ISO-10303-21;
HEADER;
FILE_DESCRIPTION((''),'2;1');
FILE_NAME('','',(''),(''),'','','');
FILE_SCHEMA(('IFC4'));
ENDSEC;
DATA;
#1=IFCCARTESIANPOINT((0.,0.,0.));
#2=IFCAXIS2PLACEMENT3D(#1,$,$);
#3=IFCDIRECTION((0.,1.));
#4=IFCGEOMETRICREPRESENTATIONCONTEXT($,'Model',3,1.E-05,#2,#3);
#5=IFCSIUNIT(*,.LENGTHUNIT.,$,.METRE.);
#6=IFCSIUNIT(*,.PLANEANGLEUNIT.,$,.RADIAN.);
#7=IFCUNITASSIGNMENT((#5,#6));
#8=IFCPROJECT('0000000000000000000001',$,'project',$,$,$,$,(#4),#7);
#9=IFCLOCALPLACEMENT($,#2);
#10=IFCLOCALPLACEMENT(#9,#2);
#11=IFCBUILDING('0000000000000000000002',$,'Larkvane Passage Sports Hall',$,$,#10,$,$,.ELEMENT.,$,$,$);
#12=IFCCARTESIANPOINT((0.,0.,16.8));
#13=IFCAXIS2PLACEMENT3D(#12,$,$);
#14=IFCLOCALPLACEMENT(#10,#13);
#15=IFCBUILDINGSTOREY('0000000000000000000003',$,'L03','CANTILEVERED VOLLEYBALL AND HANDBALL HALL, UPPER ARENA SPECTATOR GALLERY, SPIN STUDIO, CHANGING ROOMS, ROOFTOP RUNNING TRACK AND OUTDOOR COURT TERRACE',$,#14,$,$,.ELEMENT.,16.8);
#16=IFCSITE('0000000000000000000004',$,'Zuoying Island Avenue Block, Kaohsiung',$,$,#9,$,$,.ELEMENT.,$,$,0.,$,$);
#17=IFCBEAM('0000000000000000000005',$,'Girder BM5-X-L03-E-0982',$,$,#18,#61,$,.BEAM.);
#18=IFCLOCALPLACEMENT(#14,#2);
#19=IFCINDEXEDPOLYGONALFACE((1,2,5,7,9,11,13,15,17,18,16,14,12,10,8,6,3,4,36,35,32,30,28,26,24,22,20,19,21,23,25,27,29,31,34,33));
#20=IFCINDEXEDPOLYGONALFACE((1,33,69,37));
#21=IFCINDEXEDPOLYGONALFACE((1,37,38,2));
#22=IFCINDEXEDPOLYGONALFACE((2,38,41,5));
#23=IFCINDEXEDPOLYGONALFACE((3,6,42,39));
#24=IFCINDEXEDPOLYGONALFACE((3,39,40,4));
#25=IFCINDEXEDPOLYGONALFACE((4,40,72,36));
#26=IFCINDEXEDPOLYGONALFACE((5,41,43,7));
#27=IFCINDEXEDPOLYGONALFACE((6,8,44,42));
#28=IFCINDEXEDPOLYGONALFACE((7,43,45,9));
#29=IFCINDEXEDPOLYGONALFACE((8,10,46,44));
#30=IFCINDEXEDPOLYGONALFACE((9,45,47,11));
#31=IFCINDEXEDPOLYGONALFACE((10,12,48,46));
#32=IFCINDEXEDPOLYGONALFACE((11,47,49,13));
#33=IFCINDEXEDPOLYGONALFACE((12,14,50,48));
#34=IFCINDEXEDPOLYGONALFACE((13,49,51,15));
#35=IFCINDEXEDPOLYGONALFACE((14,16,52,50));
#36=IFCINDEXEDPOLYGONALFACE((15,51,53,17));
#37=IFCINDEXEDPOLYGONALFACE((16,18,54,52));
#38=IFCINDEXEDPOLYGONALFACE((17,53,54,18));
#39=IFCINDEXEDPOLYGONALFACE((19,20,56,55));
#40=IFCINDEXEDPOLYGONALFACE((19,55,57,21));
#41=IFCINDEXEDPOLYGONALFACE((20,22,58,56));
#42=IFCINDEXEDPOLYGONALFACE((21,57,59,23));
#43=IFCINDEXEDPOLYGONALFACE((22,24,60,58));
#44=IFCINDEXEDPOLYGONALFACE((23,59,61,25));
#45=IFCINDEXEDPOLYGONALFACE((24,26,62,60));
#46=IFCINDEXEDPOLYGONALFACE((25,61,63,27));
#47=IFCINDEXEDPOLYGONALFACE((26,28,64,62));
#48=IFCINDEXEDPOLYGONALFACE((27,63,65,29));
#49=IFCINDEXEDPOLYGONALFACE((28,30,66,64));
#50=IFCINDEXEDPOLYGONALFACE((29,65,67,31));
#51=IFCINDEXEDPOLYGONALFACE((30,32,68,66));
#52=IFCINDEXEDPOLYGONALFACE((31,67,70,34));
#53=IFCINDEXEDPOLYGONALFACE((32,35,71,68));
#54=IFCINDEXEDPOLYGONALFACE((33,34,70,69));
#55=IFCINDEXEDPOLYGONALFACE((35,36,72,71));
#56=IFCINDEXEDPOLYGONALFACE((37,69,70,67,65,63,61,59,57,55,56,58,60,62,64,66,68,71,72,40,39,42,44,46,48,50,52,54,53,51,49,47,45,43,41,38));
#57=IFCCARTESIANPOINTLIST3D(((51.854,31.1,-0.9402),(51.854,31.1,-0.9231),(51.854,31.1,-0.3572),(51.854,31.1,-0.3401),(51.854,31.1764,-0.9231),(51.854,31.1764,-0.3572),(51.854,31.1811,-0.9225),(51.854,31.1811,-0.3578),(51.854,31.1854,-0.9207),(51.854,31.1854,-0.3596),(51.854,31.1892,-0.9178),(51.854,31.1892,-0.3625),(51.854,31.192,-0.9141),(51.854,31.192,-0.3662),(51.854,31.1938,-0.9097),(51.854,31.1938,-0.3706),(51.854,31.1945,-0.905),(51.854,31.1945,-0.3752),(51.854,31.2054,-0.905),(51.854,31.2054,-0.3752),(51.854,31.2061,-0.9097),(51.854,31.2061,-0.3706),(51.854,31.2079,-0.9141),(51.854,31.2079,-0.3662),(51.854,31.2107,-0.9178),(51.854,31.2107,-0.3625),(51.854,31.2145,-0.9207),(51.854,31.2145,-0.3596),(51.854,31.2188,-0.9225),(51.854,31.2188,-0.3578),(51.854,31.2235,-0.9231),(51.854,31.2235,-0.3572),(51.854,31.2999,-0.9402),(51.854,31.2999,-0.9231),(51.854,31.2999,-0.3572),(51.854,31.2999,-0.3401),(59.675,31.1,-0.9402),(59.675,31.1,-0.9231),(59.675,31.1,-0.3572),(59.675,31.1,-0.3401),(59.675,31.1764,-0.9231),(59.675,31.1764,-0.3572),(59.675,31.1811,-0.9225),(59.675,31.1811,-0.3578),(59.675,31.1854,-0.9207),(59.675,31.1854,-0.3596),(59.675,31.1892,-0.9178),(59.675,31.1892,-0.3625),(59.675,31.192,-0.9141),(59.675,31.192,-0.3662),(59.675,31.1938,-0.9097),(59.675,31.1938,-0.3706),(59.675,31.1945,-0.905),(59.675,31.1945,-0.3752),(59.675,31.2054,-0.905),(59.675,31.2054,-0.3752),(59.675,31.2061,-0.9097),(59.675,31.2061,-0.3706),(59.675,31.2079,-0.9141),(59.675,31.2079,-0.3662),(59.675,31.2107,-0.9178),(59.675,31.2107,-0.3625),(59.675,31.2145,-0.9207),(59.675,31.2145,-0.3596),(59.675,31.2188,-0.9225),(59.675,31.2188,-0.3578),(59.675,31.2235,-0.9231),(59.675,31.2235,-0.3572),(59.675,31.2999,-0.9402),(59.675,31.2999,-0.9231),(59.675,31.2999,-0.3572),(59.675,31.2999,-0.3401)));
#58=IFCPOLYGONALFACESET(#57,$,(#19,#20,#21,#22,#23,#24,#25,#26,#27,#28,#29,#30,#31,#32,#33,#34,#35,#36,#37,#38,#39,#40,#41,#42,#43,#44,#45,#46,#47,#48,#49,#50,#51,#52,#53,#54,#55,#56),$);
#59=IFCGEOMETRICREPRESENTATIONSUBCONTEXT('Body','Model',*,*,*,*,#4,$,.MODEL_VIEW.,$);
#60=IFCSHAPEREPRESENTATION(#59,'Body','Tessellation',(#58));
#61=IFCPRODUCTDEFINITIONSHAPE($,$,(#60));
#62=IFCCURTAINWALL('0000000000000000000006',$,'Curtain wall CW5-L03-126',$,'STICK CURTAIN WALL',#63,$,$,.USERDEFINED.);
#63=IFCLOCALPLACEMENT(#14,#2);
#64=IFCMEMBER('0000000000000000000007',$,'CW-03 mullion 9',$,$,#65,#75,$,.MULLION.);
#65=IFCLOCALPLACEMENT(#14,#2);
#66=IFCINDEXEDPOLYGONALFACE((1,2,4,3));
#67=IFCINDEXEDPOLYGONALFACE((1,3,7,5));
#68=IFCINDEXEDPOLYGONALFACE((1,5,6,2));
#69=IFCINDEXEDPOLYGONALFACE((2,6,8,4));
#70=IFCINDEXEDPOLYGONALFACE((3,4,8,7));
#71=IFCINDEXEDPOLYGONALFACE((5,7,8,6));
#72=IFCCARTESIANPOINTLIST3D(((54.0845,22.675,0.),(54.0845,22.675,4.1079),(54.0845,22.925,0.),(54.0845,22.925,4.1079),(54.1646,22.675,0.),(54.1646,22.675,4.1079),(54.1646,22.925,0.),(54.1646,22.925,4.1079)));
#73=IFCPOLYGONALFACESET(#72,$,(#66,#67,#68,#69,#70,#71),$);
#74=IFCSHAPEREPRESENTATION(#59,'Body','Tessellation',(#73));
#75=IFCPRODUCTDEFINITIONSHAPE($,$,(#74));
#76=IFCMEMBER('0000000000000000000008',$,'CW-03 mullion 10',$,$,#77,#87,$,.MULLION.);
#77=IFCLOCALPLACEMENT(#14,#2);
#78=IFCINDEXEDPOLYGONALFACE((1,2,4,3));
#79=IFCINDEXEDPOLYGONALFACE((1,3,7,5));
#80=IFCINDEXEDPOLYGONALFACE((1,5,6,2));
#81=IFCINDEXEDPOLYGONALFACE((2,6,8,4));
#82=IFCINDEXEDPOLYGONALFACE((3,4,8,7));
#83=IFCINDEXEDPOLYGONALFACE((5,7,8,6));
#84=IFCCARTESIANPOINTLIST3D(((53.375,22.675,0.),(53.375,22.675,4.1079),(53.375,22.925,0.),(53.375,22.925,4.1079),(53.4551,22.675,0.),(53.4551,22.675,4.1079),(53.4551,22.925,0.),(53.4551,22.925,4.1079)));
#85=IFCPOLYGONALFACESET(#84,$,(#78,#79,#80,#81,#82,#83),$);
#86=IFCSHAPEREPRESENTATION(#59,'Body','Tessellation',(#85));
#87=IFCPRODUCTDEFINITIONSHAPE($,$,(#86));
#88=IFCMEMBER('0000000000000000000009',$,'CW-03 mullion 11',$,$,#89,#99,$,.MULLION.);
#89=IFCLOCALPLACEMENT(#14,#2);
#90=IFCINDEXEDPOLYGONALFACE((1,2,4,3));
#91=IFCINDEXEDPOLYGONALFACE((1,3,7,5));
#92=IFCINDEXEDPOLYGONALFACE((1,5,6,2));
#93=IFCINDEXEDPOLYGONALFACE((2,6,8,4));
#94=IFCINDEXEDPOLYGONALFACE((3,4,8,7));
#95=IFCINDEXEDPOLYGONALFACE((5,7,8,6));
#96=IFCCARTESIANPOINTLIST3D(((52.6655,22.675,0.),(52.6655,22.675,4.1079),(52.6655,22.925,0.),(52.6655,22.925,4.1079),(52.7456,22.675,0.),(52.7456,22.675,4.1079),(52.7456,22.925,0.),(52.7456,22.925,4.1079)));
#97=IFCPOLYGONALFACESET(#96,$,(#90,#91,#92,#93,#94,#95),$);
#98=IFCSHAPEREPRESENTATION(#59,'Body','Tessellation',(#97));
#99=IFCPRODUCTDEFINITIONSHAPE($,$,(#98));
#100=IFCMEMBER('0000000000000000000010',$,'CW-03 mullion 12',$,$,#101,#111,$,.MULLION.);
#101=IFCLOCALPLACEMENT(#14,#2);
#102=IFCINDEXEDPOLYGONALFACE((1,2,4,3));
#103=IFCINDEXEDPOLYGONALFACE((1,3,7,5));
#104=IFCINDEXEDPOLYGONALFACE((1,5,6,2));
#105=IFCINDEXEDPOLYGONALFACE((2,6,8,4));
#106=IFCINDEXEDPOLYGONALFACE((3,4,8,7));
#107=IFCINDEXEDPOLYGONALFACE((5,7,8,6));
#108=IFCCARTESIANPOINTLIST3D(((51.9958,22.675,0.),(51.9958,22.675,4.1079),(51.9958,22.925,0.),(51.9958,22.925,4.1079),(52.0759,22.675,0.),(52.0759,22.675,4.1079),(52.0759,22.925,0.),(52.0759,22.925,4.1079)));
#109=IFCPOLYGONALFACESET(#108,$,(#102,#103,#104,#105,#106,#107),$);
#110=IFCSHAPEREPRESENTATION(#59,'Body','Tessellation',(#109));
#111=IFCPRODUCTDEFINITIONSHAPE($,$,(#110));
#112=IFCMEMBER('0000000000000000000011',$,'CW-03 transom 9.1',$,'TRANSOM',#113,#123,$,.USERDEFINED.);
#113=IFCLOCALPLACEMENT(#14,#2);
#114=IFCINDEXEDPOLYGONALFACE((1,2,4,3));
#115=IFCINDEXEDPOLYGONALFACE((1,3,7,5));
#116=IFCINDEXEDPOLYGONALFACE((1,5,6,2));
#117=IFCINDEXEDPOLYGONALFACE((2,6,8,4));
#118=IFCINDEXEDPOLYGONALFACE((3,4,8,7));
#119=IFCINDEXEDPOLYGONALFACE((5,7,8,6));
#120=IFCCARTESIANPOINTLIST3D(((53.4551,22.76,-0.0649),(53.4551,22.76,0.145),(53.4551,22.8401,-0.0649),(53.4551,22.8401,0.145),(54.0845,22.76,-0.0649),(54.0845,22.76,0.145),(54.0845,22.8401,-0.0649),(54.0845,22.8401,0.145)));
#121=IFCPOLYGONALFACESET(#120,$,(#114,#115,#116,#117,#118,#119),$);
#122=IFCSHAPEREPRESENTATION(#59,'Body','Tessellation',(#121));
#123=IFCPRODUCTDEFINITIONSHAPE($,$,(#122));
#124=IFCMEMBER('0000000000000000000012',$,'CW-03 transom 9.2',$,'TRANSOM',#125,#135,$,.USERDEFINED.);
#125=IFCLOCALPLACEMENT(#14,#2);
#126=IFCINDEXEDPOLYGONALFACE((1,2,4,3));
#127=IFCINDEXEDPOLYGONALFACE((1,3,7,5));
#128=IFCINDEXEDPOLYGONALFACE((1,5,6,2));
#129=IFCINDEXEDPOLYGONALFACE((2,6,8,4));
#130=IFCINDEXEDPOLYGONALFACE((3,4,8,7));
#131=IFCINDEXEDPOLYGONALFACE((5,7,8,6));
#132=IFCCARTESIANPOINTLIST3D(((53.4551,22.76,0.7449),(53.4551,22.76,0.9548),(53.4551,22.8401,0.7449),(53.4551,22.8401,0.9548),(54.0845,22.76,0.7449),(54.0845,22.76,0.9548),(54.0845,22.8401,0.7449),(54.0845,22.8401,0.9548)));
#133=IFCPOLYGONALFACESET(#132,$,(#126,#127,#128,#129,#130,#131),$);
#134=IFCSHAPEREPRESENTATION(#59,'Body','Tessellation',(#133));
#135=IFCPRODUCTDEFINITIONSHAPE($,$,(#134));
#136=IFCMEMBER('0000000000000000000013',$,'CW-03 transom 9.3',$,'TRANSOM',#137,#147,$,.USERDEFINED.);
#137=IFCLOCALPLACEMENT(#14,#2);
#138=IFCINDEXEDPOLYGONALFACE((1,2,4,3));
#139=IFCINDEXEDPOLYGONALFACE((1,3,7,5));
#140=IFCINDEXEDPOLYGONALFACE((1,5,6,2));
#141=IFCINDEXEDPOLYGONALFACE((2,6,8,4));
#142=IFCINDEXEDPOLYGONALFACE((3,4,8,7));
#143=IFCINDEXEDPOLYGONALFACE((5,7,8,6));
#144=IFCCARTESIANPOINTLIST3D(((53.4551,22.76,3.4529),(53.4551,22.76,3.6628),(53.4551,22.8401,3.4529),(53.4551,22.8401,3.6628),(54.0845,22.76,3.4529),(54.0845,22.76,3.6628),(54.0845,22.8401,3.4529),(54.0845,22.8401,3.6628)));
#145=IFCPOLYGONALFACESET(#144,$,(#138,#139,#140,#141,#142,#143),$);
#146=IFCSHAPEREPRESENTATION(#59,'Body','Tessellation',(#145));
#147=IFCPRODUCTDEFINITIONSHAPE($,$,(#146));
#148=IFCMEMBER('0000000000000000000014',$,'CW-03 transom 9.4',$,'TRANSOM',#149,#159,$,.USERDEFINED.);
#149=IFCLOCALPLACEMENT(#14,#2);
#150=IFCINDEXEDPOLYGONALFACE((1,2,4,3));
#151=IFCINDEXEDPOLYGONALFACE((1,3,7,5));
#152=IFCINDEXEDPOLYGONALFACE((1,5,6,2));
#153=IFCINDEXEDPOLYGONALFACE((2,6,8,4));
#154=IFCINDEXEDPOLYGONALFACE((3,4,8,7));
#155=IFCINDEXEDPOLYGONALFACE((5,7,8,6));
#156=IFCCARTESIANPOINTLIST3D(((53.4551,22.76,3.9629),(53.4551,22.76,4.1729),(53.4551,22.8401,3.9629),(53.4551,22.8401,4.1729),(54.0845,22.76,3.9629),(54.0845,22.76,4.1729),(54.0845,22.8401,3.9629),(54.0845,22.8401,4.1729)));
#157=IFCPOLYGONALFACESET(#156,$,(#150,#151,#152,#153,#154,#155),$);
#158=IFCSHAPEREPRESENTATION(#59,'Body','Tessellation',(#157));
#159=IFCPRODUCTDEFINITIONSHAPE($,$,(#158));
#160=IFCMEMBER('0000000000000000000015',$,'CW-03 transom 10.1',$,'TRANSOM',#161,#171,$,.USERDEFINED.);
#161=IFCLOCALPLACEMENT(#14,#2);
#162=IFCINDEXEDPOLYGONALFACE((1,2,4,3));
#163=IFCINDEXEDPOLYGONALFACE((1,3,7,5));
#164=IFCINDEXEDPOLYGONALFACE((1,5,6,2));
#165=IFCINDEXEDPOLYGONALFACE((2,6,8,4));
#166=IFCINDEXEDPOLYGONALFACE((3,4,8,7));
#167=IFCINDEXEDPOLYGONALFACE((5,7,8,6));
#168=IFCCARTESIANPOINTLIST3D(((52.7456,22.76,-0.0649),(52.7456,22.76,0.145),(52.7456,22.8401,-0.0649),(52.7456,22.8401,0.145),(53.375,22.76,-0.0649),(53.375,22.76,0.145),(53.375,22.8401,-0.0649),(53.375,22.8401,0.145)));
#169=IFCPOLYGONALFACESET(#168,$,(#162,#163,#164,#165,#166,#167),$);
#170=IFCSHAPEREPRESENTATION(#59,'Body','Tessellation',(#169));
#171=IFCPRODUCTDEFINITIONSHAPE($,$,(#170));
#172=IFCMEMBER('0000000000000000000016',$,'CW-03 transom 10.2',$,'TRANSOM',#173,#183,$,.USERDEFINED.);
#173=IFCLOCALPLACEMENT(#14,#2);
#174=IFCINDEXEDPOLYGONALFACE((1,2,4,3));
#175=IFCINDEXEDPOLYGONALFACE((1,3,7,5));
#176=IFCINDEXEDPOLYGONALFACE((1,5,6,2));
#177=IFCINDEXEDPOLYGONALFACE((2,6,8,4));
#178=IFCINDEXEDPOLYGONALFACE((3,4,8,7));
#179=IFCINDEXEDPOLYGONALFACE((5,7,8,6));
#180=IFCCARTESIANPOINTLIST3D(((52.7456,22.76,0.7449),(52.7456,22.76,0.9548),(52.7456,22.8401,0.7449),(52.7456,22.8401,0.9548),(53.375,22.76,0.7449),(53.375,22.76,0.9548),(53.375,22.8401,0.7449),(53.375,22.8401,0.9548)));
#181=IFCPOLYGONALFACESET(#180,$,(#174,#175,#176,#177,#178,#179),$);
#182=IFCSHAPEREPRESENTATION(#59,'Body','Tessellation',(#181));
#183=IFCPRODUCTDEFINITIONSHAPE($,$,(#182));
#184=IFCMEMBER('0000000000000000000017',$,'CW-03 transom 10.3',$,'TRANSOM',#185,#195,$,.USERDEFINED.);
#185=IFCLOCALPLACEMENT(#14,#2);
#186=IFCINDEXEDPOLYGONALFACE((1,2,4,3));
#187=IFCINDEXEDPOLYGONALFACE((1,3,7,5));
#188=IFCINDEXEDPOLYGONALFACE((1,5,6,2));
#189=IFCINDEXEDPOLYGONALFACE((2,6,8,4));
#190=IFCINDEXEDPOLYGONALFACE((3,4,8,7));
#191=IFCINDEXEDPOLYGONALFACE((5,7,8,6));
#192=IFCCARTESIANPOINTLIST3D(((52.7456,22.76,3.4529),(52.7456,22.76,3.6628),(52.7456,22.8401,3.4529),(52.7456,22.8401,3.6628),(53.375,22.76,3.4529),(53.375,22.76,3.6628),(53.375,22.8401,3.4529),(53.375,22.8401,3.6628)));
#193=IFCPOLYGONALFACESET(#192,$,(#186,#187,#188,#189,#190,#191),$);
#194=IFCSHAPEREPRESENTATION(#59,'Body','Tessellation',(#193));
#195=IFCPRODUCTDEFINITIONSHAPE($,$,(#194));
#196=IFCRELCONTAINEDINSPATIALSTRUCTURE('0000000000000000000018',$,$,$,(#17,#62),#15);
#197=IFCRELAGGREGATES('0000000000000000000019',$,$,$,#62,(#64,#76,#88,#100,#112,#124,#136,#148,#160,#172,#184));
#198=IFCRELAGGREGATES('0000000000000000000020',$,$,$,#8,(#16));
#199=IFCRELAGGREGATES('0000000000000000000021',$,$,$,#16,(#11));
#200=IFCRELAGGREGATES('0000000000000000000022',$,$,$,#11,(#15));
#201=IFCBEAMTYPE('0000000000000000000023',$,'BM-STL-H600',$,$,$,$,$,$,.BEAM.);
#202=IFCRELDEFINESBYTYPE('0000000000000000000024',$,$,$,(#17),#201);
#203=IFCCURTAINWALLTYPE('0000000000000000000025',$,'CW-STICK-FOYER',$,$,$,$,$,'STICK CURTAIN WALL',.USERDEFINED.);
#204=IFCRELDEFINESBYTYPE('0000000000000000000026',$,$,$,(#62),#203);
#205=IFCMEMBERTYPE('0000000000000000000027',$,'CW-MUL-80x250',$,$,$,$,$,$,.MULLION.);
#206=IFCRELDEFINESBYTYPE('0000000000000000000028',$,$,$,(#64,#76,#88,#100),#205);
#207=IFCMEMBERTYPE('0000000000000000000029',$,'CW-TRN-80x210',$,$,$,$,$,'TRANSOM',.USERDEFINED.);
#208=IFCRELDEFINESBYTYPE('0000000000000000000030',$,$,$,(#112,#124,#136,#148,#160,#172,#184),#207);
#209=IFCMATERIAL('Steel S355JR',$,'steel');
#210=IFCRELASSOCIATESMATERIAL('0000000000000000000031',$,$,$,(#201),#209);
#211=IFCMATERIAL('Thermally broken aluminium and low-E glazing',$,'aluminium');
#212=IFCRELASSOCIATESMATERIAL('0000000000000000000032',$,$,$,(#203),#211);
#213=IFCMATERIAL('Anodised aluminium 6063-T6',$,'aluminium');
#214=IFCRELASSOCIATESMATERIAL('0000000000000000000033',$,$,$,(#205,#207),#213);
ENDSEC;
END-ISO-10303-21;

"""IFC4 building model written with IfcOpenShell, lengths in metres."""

from ifc_helpers import new_model, si_unit, direction, frame, origin, origin_2d, place, context, subcontext, project, spatial, rectangle, i_section, extrude, material, material_profile, profile_set, type_object, element, aggregate, save


model = new_model("IFC4")

# Units and contexts
model_context = context("Model", 3, precision=1e-05, world=origin(), true_north=direction((0.0, 1.0)))
body_context = subcontext(model_context, "Body", "Model", "MODEL_VIEW")
ifc_project = project(units=[si_unit("LENGTHUNIT", "METRE"), si_unit("PLANEANGLEUNIT", "RADIAN")], contexts=[model_context])

# Site, building, storey
site_placement = place(None, origin())
site = spatial("IfcSite", under=ifc_project, at=site_placement, Name="Zuoying Island Avenue Block, Kaohsiung", CompositionType="ELEMENT", RefElevation=0.0)
building_placement = place(site_placement, origin())
building = spatial("IfcBuilding", under=site, at=building_placement, Name="Larkvane Passage Sports Hall", CompositionType="ELEMENT")
storey_placement = place(building_placement, frame((0.0, 0.0, 16.8)))
storey = spatial("IfcBuildingStorey", under=building, at=storey_placement, Name="L03", Description="CANTILEVERED VOLLEYBALL AND HANDBALL HALL, UPPER ARENA SPECTATOR GALLERY, SPIN STUDIO, CHANGING ROOMS, ROOFTOP RUNNING TRACK AND OUTDOOR COURT TERRACE", CompositionType="ELEMENT", Elevation=16.8)

# Beam
ifc_material_1 = material(Name="Steel S355JR", Category="steel")
ifc_material_profile_1 = material_profile(ifc_material_1, i_section(OverallWidth=0.2, OverallDepth=0.6001, WebThickness=0.011, FlangeThickness=0.0171, FilletRadius=0.0181, at=origin_2d()), Name="H-600x200x11x17")
ifc_profile_set_1 = profile_set([ifc_material_profile_1], Name="Steel S355JR")
beam_type_1 = type_object("IfcBeamType", Name="BM-STL-H600", PredefinedType="BEAM", material=ifc_profile_set_1)
beam_1_placement = place(storey_placement, frame((51.854, 31.2, -0.6401), z_axis=(1.0, 0.0, 0.0), x_axis=(0.0, 1.0, 0.0)))
element("IfcBeam", 1, at=beam_1_placement, inside=storey, type_object=beam_type_1, Name="Girder BM5-X-L03-E-0982", PredefinedType="BEAM", context=body_context, shape_type="SweptSolid", body=[
    extrude(i_section(OverallWidth=0.2, OverallDepth=0.6001, WebThickness=0.011, FlangeThickness=0.0171, FilletRadius=0.0181, at=origin_2d()), origin(), (0.0, 0.0, 1.0), 7.821),
])

# Curtain wall, members
ifc_material_2 = material(Name="Thermally broken aluminium and low-E glazing", Category="aluminium")
curtain_wall_type = type_object("IfcCurtainWallType", Name="CW-STICK-FOYER", ElementType="STICK CURTAIN WALL", PredefinedType="USERDEFINED", material=ifc_material_2)
curtain_wall_placement = place(storey_placement, origin())
curtain_wall = element("IfcCurtainWall", 2, at=curtain_wall_placement, inside=storey, type_object=curtain_wall_type, Name="Curtain wall CW5-L03-126", ObjectType="STICK CURTAIN WALL", PredefinedType="USERDEFINED")
ifc_material_3 = material(Name="Anodised aluminium 6063-T6", Category="aluminium")
ifc_material_profile_2 = material_profile(ifc_material_3, rectangle(XDim=0.0801, YDim=0.25, at=origin_2d()), Name="ALU-MUL-80x250")
ifc_profile_set_2 = profile_set([ifc_material_profile_2], Name="Anodised aluminium 6063-T6")
member_type_1 = type_object("IfcMemberType", Name="CW-MUL-80x250", PredefinedType="MULLION", material=ifc_profile_set_2)
member_1_placement = place(storey_placement, frame((54.1245, 22.8, 0.0), z_axis=(0.0, 0.0, 1.0), x_axis=(-1.0, 0.0, 0.0)))
member_1 = element("IfcMember", 3, at=member_1_placement, type_object=member_type_1, Name="CW-03 mullion 9", PredefinedType="MULLION", context=body_context, shape_type="SweptSolid", body=[
    extrude(rectangle(XDim=0.0801, YDim=0.25, at=origin_2d()), origin(), (0.0, 0.0, 1.0), 4.1079),
])
member_2_placement = place(storey_placement, frame((53.415, 22.8, 0.0), z_axis=(0.0, 0.0, 1.0), x_axis=(-1.0, 0.0, 0.0)))
member_2 = element("IfcMember", 4, at=member_2_placement, type_object=member_type_1, Name="CW-03 mullion 10", PredefinedType="MULLION", context=body_context, shape_type="SweptSolid", body=[
    extrude(rectangle(XDim=0.0801, YDim=0.25, at=origin_2d()), origin(), (0.0, 0.0, 1.0), 4.1079),
])
member_3_placement = place(storey_placement, frame((52.7056, 22.8, 0.0), z_axis=(0.0, 0.0, 1.0), x_axis=(-1.0, 0.0, 0.0)))
member_3 = element("IfcMember", 5, at=member_3_placement, type_object=member_type_1, Name="CW-03 mullion 11", PredefinedType="MULLION", context=body_context, shape_type="SweptSolid", body=[
    extrude(rectangle(XDim=0.0801, YDim=0.25, at=origin_2d()), origin(), (0.0, 0.0, 1.0), 4.1079),
])
member_4_placement = place(storey_placement, frame((52.0359, 22.8, 0.0), z_axis=(0.0, 0.0, 1.0), x_axis=(-1.0, 0.0, 0.0)))
member_4 = element("IfcMember", 6, at=member_4_placement, type_object=member_type_1, Name="CW-03 mullion 12", PredefinedType="MULLION", context=body_context, shape_type="SweptSolid", body=[
    extrude(rectangle(XDim=0.0801, YDim=0.25, at=origin_2d()), origin(), (0.0, 0.0, 1.0), 4.1079),
])
ifc_material_profile_3 = material_profile(ifc_material_3, rectangle(XDim=0.0801, YDim=0.21, at=origin_2d()), Name="ALU-TRN-80x210")
ifc_profile_set_3 = profile_set([ifc_material_profile_3], Name="Anodised aluminium 6063-T6")
member_type_2 = type_object("IfcMemberType", Name="CW-TRN-80x210", ElementType="TRANSOM", PredefinedType="USERDEFINED", material=ifc_profile_set_3)
member_5_placement = place(storey_placement, frame((54.0845, 22.8, 0.04), z_axis=(-1.0, 0.0, 0.0), x_axis=(0.0, -1.0, 0.0)))
member_5 = element("IfcMember", 7, at=member_5_placement, type_object=member_type_2, Name="CW-03 transom 9.1", ObjectType="TRANSOM", PredefinedType="USERDEFINED", context=body_context, shape_type="SweptSolid", body=[
    extrude(rectangle(XDim=0.0801, YDim=0.21, at=origin_2d()), origin(), (0.0, 0.0, 1.0), 0.6294),
])
member_6_placement = place(storey_placement, frame((54.0845, 22.8, 0.8499), z_axis=(-1.0, 0.0, 0.0), x_axis=(0.0, -1.0, 0.0)))
member_6 = element("IfcMember", 8, at=member_6_placement, type_object=member_type_2, Name="CW-03 transom 9.2", ObjectType="TRANSOM", PredefinedType="USERDEFINED", context=body_context, shape_type="SweptSolid", body=[
    extrude(rectangle(XDim=0.0801, YDim=0.21, at=origin_2d()), origin(), (0.0, 0.0, 1.0), 0.6294),
])
member_7_placement = place(storey_placement, frame((54.0845, 22.8, 3.5579), z_axis=(-1.0, 0.0, 0.0), x_axis=(0.0, -1.0, 0.0)))
member_7 = element("IfcMember", 9, at=member_7_placement, type_object=member_type_2, Name="CW-03 transom 9.3", ObjectType="TRANSOM", PredefinedType="USERDEFINED", context=body_context, shape_type="SweptSolid", body=[
    extrude(rectangle(XDim=0.0801, YDim=0.21, at=origin_2d()), origin(), (0.0, 0.0, 1.0), 0.6294),
])
member_8_placement = place(storey_placement, frame((54.0845, 22.8, 4.0679), z_axis=(-1.0, 0.0, 0.0), x_axis=(0.0, -1.0, 0.0)))
member_8 = element("IfcMember", 10, at=member_8_placement, type_object=member_type_2, Name="CW-03 transom 9.4", ObjectType="TRANSOM", PredefinedType="USERDEFINED", context=body_context, shape_type="SweptSolid", body=[
    extrude(rectangle(XDim=0.0801, YDim=0.21, at=origin_2d()), origin(), (0.0, 0.0, 1.0), 0.6294),
])
member_9_placement = place(storey_placement, frame((53.375, 22.8, 0.04), z_axis=(-1.0, 0.0, 0.0), x_axis=(0.0, -1.0, 0.0)))
member_9 = element("IfcMember", 11, at=member_9_placement, type_object=member_type_2, Name="CW-03 transom 10.1", ObjectType="TRANSOM", PredefinedType="USERDEFINED", context=body_context, shape_type="SweptSolid", body=[
    extrude(rectangle(XDim=0.0801, YDim=0.21, at=origin_2d()), origin(), (0.0, 0.0, 1.0), 0.6294),
])
member_10_placement = place(storey_placement, frame((53.375, 22.8, 0.8499), z_axis=(-1.0, 0.0, 0.0), x_axis=(0.0, -1.0, 0.0)))
member_10 = element("IfcMember", 12, at=member_10_placement, type_object=member_type_2, Name="CW-03 transom 10.2", ObjectType="TRANSOM", PredefinedType="USERDEFINED", context=body_context, shape_type="SweptSolid", body=[
    extrude(rectangle(XDim=0.0801, YDim=0.21, at=origin_2d()), origin(), (0.0, 0.0, 1.0), 0.6294),
])
member_11_placement = place(storey_placement, frame((53.375, 22.8, 3.5579), z_axis=(-1.0, 0.0, 0.0), x_axis=(0.0, -1.0, 0.0)))
member_11 = element("IfcMember", 13, at=member_11_placement, type_object=member_type_2, Name="CW-03 transom 10.3", ObjectType="TRANSOM", PredefinedType="USERDEFINED", context=body_context, shape_type="SweptSolid", body=[
    extrude(rectangle(XDim=0.0801, YDim=0.21, at=origin_2d()), origin(), (0.0, 0.0, 1.0), 0.6294),
])

aggregate(curtain_wall, [member_1, member_2, member_3, member_4, member_5, member_6, member_7, member_8, member_9, member_10, member_11])

save(model, "model.ifc")
